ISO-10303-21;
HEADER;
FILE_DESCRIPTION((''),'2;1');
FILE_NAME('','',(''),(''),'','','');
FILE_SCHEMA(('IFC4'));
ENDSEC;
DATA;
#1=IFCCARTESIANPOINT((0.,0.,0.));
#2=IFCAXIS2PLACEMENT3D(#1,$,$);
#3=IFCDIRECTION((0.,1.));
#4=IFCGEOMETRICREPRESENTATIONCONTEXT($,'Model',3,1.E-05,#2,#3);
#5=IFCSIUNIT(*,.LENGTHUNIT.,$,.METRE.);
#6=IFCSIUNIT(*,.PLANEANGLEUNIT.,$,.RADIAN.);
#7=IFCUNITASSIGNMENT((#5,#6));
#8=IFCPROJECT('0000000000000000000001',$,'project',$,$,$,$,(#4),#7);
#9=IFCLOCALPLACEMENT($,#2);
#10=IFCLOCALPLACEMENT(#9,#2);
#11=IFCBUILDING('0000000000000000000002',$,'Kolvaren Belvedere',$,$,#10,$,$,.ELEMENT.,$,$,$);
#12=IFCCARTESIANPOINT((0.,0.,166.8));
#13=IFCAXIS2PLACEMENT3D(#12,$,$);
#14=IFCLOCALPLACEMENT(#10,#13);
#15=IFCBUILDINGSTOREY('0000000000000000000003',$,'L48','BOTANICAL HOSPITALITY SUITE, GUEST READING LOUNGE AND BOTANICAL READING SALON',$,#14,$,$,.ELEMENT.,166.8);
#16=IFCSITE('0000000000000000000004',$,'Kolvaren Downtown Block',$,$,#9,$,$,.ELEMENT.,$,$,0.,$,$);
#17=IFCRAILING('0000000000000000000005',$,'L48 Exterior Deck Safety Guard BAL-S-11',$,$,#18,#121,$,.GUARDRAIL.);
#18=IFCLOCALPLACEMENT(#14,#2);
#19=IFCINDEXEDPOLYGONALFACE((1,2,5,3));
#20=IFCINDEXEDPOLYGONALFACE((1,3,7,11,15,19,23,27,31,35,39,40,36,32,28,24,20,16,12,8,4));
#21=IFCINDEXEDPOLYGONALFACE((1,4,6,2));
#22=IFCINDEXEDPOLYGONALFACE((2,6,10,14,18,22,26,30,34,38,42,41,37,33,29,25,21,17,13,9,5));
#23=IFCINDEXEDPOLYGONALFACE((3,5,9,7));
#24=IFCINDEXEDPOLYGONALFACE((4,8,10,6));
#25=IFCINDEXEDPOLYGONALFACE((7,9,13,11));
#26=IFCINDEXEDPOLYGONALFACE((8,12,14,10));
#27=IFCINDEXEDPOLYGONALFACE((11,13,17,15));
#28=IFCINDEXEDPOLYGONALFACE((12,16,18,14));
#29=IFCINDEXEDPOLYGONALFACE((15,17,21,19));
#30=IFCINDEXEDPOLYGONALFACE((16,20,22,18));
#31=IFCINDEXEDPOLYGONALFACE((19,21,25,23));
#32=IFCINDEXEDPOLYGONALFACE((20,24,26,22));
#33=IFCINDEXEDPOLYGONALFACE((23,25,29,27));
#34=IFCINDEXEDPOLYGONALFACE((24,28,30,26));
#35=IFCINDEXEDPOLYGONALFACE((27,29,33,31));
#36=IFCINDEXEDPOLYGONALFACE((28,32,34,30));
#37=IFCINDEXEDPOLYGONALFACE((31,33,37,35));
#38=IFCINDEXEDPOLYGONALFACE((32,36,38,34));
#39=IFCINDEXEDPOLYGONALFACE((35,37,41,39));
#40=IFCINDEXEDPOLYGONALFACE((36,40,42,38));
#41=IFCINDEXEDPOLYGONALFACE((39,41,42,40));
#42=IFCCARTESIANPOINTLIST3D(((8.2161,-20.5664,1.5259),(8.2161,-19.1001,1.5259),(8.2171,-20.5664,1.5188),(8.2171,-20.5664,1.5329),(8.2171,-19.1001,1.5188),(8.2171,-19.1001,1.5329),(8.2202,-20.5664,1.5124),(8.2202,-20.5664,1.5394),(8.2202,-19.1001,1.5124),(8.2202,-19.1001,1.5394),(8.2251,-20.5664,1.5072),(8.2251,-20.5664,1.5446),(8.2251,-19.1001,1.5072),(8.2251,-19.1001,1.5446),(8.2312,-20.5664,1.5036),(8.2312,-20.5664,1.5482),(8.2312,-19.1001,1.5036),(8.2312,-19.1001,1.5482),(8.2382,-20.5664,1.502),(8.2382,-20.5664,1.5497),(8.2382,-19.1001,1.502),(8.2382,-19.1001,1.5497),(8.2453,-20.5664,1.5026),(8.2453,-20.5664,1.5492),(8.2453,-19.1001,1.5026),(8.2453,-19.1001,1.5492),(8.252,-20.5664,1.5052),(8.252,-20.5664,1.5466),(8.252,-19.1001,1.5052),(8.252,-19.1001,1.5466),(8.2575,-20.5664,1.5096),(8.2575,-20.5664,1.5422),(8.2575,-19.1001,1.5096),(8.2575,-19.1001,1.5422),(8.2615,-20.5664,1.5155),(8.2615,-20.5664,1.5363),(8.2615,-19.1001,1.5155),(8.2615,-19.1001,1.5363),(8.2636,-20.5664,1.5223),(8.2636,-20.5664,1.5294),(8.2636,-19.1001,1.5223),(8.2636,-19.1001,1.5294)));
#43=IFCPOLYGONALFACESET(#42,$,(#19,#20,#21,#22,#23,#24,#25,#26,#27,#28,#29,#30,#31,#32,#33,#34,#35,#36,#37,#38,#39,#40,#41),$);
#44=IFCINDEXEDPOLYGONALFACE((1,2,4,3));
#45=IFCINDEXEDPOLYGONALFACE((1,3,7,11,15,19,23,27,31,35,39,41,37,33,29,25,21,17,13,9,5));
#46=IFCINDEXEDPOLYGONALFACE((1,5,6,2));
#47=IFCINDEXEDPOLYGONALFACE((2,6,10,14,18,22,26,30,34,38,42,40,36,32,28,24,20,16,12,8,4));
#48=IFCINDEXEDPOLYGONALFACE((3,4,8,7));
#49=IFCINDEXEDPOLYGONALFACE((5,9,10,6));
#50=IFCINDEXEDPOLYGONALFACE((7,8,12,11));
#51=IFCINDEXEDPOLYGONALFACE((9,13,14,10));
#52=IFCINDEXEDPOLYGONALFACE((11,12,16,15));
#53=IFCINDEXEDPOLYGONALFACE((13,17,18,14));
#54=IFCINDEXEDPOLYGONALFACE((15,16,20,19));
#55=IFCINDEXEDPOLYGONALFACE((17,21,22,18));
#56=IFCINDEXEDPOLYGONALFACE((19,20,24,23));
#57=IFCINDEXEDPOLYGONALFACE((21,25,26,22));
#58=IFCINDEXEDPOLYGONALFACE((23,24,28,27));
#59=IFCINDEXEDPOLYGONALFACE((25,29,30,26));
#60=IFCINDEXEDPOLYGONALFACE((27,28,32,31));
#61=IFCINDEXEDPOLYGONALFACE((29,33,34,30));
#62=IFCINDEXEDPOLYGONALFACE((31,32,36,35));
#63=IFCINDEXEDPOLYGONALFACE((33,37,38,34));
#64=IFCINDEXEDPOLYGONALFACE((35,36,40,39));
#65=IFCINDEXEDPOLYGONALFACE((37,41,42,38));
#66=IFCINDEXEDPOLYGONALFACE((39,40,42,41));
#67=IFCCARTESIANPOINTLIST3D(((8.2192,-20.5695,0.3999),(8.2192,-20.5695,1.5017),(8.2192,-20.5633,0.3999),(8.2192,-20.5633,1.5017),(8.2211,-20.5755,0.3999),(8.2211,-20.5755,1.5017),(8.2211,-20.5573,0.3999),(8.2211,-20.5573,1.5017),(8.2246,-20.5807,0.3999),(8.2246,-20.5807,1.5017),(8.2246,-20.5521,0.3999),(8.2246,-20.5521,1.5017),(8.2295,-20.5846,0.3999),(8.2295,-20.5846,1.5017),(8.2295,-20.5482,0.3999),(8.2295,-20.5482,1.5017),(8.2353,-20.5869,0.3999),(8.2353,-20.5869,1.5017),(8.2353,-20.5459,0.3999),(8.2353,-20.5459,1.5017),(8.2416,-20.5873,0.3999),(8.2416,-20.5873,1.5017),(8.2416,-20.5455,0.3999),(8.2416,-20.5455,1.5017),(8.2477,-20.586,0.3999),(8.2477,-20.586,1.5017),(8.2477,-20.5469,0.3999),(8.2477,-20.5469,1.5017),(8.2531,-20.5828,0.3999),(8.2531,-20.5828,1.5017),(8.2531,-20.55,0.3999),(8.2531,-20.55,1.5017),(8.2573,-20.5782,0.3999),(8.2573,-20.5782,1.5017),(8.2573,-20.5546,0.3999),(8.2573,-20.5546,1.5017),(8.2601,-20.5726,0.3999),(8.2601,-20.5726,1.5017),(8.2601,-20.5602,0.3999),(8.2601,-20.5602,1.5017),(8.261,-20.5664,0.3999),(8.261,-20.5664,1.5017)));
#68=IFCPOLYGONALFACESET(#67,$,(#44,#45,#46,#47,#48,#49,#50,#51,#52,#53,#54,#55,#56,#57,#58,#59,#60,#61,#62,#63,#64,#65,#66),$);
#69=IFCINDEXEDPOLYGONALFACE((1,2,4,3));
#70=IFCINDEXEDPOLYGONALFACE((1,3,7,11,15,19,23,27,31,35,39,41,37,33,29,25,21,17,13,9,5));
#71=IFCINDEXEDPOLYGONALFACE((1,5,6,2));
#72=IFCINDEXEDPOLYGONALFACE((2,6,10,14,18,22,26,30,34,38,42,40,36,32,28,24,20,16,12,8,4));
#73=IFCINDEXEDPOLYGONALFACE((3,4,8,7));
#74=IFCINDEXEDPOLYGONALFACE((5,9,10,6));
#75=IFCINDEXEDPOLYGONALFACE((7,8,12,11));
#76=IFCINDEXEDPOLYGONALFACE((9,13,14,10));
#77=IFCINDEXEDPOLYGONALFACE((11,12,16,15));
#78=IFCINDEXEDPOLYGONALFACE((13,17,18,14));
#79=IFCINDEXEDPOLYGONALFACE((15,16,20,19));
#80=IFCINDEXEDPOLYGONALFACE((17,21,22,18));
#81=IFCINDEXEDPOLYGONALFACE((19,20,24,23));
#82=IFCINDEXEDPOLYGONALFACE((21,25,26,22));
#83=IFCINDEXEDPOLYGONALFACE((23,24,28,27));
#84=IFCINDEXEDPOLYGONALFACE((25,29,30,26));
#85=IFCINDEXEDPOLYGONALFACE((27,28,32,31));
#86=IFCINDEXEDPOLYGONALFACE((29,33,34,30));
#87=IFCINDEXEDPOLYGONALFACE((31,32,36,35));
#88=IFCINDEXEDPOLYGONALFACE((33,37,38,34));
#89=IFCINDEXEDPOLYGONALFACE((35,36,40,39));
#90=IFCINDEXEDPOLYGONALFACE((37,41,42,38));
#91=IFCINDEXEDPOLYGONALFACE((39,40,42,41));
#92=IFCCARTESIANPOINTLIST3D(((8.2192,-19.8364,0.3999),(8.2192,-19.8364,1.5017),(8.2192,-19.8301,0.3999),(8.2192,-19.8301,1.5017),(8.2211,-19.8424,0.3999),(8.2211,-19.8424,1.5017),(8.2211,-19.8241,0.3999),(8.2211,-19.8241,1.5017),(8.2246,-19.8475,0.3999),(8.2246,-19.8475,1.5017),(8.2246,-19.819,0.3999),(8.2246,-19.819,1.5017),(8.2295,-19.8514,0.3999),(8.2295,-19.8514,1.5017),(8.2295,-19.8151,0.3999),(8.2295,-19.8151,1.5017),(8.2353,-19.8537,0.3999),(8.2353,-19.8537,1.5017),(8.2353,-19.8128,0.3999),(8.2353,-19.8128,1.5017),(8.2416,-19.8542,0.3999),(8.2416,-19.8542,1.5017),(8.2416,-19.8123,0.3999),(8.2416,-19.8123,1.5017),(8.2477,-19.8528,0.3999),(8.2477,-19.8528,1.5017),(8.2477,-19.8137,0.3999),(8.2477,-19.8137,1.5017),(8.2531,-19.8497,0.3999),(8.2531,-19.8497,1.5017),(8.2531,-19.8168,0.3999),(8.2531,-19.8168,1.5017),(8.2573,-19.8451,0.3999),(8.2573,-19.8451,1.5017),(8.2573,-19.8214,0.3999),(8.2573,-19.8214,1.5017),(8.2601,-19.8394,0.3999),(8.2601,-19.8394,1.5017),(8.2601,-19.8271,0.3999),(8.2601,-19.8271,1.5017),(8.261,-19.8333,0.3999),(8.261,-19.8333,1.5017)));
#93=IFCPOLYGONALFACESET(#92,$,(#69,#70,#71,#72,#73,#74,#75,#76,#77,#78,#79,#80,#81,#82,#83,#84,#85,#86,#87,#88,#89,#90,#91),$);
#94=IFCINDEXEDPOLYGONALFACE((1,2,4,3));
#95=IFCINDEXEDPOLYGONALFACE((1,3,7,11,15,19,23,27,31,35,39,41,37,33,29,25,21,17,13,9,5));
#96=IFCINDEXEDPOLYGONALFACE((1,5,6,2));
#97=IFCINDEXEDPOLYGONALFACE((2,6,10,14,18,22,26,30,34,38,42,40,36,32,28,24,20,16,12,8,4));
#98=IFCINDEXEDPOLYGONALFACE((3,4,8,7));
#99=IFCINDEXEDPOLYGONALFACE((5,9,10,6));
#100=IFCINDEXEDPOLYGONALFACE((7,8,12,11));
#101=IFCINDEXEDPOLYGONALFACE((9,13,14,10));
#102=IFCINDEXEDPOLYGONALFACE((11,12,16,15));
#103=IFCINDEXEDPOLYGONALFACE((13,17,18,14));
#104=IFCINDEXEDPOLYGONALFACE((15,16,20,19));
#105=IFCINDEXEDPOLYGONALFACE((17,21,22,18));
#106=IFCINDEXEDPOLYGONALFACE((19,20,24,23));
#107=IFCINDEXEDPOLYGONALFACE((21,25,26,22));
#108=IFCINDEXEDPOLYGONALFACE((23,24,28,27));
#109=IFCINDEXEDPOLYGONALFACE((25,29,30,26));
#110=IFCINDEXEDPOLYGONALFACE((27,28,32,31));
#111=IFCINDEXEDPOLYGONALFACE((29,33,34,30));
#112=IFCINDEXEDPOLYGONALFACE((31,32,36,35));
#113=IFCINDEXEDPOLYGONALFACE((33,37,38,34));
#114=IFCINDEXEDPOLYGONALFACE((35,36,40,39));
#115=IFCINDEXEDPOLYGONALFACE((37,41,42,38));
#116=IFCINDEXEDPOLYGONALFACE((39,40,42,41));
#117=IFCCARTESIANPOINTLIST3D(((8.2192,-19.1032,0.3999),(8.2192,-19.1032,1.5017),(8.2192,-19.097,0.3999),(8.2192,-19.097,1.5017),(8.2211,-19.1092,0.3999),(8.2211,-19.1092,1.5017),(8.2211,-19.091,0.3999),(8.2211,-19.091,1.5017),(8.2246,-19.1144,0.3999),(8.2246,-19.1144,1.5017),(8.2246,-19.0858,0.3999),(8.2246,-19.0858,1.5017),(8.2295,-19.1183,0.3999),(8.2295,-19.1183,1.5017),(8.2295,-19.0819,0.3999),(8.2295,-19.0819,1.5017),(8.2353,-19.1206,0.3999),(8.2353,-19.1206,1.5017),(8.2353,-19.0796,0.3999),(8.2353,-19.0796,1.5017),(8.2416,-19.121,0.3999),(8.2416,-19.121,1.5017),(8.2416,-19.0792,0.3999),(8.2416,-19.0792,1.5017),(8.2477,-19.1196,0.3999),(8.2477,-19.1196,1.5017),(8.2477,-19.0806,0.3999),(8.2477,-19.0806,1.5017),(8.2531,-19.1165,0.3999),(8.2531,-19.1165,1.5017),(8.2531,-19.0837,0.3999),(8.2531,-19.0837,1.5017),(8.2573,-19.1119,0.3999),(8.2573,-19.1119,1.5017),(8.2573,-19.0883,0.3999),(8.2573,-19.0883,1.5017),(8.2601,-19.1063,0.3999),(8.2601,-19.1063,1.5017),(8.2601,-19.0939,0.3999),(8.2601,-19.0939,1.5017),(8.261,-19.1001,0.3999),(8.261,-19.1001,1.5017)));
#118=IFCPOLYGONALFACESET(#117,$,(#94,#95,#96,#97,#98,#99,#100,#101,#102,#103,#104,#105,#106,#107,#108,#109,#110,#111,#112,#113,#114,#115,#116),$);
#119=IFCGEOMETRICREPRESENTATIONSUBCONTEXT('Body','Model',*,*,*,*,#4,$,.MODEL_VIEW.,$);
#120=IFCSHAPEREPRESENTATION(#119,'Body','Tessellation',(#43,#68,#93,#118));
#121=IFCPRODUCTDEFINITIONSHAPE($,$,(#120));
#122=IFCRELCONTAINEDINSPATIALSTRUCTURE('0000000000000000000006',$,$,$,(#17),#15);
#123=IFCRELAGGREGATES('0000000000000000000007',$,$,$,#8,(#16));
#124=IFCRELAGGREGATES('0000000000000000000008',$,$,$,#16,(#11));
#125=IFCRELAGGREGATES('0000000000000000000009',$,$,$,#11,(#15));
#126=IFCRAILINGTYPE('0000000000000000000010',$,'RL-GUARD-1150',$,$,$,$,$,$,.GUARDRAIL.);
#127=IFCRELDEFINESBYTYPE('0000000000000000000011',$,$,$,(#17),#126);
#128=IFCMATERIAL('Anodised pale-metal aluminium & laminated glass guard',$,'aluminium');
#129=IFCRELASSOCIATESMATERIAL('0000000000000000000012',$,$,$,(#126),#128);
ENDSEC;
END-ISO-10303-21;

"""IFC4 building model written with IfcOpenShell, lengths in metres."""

from ifc_helpers import new_model, si_unit, direction, frame, origin, origin_2d, place, context, subcontext, project, spatial, circle, extrude, material, type_object, element, save


model = new_model("IFC4")

# Units and contexts
model_context = context("Model", 3, precision=1e-05, world=origin(), true_north=direction((0.0, 1.0)))
body_context = subcontext(model_context, "Body", "Model", "MODEL_VIEW")
ifc_project = project(units=[si_unit("LENGTHUNIT", "METRE"), si_unit("PLANEANGLEUNIT", "RADIAN")], contexts=[model_context])

# Site, building, storey
site_placement = place(None, origin())
site = spatial("IfcSite", under=ifc_project, at=site_placement, Name="Kolvaren Downtown Block", CompositionType="ELEMENT", RefElevation=0.0)
building_placement = place(site_placement, origin())
building = spatial("IfcBuilding", under=site, at=building_placement, Name="Kolvaren Belvedere", CompositionType="ELEMENT")
storey_placement = place(building_placement, frame((0.0, 0.0, 166.8)))
storey = spatial("IfcBuildingStorey", under=building, at=storey_placement, Name="L48", Description="BOTANICAL HOSPITALITY SUITE, GUEST READING LOUNGE AND BOTANICAL READING SALON", CompositionType="ELEMENT", Elevation=166.8)

# Railing
ifc_material_1 = material(Name="Anodised pale-metal aluminium & laminated glass guard", Category="aluminium")
railing_type = type_object("IfcRailingType", Name="RL-GUARD-1150", PredefinedType="GUARDRAIL", material=ifc_material_1)
railing_1_placement = place(storey_placement, frame((8.24, -20.5664, 0.3999)))
element("IfcRailing", 1, at=railing_1_placement, inside=storey, type_object=railing_type, Name="L48 Exterior Deck Safety Guard BAL-S-11", PredefinedType="GUARDRAIL", context=body_context, shape_type="SweptSolid", body=[
    extrude(circle(Radius=0.0239, at=origin_2d()), frame((0.0, 0.0, 1.126), z_axis=(0.0, 1.0, 0.0), x_axis=(-1.0, 0.0, 0.0)), (0.0, 0.0, 1.0), 1.4663),
    extrude(circle(Radius=0.021, at=origin_2d()), origin(), (0.0, 0.0, 1.0), 1.1018),
    extrude(circle(Radius=0.021, at=origin_2d()), frame((0.0, 0.7332, 0.0)), (0.0, 0.0, 1.0), 1.1018),
    extrude(circle(Radius=0.021, at=origin_2d()), frame((0.0, 1.4663, 0.0)), (0.0, 0.0, 1.0), 1.1018),
])

save(model, "model.ifc")
